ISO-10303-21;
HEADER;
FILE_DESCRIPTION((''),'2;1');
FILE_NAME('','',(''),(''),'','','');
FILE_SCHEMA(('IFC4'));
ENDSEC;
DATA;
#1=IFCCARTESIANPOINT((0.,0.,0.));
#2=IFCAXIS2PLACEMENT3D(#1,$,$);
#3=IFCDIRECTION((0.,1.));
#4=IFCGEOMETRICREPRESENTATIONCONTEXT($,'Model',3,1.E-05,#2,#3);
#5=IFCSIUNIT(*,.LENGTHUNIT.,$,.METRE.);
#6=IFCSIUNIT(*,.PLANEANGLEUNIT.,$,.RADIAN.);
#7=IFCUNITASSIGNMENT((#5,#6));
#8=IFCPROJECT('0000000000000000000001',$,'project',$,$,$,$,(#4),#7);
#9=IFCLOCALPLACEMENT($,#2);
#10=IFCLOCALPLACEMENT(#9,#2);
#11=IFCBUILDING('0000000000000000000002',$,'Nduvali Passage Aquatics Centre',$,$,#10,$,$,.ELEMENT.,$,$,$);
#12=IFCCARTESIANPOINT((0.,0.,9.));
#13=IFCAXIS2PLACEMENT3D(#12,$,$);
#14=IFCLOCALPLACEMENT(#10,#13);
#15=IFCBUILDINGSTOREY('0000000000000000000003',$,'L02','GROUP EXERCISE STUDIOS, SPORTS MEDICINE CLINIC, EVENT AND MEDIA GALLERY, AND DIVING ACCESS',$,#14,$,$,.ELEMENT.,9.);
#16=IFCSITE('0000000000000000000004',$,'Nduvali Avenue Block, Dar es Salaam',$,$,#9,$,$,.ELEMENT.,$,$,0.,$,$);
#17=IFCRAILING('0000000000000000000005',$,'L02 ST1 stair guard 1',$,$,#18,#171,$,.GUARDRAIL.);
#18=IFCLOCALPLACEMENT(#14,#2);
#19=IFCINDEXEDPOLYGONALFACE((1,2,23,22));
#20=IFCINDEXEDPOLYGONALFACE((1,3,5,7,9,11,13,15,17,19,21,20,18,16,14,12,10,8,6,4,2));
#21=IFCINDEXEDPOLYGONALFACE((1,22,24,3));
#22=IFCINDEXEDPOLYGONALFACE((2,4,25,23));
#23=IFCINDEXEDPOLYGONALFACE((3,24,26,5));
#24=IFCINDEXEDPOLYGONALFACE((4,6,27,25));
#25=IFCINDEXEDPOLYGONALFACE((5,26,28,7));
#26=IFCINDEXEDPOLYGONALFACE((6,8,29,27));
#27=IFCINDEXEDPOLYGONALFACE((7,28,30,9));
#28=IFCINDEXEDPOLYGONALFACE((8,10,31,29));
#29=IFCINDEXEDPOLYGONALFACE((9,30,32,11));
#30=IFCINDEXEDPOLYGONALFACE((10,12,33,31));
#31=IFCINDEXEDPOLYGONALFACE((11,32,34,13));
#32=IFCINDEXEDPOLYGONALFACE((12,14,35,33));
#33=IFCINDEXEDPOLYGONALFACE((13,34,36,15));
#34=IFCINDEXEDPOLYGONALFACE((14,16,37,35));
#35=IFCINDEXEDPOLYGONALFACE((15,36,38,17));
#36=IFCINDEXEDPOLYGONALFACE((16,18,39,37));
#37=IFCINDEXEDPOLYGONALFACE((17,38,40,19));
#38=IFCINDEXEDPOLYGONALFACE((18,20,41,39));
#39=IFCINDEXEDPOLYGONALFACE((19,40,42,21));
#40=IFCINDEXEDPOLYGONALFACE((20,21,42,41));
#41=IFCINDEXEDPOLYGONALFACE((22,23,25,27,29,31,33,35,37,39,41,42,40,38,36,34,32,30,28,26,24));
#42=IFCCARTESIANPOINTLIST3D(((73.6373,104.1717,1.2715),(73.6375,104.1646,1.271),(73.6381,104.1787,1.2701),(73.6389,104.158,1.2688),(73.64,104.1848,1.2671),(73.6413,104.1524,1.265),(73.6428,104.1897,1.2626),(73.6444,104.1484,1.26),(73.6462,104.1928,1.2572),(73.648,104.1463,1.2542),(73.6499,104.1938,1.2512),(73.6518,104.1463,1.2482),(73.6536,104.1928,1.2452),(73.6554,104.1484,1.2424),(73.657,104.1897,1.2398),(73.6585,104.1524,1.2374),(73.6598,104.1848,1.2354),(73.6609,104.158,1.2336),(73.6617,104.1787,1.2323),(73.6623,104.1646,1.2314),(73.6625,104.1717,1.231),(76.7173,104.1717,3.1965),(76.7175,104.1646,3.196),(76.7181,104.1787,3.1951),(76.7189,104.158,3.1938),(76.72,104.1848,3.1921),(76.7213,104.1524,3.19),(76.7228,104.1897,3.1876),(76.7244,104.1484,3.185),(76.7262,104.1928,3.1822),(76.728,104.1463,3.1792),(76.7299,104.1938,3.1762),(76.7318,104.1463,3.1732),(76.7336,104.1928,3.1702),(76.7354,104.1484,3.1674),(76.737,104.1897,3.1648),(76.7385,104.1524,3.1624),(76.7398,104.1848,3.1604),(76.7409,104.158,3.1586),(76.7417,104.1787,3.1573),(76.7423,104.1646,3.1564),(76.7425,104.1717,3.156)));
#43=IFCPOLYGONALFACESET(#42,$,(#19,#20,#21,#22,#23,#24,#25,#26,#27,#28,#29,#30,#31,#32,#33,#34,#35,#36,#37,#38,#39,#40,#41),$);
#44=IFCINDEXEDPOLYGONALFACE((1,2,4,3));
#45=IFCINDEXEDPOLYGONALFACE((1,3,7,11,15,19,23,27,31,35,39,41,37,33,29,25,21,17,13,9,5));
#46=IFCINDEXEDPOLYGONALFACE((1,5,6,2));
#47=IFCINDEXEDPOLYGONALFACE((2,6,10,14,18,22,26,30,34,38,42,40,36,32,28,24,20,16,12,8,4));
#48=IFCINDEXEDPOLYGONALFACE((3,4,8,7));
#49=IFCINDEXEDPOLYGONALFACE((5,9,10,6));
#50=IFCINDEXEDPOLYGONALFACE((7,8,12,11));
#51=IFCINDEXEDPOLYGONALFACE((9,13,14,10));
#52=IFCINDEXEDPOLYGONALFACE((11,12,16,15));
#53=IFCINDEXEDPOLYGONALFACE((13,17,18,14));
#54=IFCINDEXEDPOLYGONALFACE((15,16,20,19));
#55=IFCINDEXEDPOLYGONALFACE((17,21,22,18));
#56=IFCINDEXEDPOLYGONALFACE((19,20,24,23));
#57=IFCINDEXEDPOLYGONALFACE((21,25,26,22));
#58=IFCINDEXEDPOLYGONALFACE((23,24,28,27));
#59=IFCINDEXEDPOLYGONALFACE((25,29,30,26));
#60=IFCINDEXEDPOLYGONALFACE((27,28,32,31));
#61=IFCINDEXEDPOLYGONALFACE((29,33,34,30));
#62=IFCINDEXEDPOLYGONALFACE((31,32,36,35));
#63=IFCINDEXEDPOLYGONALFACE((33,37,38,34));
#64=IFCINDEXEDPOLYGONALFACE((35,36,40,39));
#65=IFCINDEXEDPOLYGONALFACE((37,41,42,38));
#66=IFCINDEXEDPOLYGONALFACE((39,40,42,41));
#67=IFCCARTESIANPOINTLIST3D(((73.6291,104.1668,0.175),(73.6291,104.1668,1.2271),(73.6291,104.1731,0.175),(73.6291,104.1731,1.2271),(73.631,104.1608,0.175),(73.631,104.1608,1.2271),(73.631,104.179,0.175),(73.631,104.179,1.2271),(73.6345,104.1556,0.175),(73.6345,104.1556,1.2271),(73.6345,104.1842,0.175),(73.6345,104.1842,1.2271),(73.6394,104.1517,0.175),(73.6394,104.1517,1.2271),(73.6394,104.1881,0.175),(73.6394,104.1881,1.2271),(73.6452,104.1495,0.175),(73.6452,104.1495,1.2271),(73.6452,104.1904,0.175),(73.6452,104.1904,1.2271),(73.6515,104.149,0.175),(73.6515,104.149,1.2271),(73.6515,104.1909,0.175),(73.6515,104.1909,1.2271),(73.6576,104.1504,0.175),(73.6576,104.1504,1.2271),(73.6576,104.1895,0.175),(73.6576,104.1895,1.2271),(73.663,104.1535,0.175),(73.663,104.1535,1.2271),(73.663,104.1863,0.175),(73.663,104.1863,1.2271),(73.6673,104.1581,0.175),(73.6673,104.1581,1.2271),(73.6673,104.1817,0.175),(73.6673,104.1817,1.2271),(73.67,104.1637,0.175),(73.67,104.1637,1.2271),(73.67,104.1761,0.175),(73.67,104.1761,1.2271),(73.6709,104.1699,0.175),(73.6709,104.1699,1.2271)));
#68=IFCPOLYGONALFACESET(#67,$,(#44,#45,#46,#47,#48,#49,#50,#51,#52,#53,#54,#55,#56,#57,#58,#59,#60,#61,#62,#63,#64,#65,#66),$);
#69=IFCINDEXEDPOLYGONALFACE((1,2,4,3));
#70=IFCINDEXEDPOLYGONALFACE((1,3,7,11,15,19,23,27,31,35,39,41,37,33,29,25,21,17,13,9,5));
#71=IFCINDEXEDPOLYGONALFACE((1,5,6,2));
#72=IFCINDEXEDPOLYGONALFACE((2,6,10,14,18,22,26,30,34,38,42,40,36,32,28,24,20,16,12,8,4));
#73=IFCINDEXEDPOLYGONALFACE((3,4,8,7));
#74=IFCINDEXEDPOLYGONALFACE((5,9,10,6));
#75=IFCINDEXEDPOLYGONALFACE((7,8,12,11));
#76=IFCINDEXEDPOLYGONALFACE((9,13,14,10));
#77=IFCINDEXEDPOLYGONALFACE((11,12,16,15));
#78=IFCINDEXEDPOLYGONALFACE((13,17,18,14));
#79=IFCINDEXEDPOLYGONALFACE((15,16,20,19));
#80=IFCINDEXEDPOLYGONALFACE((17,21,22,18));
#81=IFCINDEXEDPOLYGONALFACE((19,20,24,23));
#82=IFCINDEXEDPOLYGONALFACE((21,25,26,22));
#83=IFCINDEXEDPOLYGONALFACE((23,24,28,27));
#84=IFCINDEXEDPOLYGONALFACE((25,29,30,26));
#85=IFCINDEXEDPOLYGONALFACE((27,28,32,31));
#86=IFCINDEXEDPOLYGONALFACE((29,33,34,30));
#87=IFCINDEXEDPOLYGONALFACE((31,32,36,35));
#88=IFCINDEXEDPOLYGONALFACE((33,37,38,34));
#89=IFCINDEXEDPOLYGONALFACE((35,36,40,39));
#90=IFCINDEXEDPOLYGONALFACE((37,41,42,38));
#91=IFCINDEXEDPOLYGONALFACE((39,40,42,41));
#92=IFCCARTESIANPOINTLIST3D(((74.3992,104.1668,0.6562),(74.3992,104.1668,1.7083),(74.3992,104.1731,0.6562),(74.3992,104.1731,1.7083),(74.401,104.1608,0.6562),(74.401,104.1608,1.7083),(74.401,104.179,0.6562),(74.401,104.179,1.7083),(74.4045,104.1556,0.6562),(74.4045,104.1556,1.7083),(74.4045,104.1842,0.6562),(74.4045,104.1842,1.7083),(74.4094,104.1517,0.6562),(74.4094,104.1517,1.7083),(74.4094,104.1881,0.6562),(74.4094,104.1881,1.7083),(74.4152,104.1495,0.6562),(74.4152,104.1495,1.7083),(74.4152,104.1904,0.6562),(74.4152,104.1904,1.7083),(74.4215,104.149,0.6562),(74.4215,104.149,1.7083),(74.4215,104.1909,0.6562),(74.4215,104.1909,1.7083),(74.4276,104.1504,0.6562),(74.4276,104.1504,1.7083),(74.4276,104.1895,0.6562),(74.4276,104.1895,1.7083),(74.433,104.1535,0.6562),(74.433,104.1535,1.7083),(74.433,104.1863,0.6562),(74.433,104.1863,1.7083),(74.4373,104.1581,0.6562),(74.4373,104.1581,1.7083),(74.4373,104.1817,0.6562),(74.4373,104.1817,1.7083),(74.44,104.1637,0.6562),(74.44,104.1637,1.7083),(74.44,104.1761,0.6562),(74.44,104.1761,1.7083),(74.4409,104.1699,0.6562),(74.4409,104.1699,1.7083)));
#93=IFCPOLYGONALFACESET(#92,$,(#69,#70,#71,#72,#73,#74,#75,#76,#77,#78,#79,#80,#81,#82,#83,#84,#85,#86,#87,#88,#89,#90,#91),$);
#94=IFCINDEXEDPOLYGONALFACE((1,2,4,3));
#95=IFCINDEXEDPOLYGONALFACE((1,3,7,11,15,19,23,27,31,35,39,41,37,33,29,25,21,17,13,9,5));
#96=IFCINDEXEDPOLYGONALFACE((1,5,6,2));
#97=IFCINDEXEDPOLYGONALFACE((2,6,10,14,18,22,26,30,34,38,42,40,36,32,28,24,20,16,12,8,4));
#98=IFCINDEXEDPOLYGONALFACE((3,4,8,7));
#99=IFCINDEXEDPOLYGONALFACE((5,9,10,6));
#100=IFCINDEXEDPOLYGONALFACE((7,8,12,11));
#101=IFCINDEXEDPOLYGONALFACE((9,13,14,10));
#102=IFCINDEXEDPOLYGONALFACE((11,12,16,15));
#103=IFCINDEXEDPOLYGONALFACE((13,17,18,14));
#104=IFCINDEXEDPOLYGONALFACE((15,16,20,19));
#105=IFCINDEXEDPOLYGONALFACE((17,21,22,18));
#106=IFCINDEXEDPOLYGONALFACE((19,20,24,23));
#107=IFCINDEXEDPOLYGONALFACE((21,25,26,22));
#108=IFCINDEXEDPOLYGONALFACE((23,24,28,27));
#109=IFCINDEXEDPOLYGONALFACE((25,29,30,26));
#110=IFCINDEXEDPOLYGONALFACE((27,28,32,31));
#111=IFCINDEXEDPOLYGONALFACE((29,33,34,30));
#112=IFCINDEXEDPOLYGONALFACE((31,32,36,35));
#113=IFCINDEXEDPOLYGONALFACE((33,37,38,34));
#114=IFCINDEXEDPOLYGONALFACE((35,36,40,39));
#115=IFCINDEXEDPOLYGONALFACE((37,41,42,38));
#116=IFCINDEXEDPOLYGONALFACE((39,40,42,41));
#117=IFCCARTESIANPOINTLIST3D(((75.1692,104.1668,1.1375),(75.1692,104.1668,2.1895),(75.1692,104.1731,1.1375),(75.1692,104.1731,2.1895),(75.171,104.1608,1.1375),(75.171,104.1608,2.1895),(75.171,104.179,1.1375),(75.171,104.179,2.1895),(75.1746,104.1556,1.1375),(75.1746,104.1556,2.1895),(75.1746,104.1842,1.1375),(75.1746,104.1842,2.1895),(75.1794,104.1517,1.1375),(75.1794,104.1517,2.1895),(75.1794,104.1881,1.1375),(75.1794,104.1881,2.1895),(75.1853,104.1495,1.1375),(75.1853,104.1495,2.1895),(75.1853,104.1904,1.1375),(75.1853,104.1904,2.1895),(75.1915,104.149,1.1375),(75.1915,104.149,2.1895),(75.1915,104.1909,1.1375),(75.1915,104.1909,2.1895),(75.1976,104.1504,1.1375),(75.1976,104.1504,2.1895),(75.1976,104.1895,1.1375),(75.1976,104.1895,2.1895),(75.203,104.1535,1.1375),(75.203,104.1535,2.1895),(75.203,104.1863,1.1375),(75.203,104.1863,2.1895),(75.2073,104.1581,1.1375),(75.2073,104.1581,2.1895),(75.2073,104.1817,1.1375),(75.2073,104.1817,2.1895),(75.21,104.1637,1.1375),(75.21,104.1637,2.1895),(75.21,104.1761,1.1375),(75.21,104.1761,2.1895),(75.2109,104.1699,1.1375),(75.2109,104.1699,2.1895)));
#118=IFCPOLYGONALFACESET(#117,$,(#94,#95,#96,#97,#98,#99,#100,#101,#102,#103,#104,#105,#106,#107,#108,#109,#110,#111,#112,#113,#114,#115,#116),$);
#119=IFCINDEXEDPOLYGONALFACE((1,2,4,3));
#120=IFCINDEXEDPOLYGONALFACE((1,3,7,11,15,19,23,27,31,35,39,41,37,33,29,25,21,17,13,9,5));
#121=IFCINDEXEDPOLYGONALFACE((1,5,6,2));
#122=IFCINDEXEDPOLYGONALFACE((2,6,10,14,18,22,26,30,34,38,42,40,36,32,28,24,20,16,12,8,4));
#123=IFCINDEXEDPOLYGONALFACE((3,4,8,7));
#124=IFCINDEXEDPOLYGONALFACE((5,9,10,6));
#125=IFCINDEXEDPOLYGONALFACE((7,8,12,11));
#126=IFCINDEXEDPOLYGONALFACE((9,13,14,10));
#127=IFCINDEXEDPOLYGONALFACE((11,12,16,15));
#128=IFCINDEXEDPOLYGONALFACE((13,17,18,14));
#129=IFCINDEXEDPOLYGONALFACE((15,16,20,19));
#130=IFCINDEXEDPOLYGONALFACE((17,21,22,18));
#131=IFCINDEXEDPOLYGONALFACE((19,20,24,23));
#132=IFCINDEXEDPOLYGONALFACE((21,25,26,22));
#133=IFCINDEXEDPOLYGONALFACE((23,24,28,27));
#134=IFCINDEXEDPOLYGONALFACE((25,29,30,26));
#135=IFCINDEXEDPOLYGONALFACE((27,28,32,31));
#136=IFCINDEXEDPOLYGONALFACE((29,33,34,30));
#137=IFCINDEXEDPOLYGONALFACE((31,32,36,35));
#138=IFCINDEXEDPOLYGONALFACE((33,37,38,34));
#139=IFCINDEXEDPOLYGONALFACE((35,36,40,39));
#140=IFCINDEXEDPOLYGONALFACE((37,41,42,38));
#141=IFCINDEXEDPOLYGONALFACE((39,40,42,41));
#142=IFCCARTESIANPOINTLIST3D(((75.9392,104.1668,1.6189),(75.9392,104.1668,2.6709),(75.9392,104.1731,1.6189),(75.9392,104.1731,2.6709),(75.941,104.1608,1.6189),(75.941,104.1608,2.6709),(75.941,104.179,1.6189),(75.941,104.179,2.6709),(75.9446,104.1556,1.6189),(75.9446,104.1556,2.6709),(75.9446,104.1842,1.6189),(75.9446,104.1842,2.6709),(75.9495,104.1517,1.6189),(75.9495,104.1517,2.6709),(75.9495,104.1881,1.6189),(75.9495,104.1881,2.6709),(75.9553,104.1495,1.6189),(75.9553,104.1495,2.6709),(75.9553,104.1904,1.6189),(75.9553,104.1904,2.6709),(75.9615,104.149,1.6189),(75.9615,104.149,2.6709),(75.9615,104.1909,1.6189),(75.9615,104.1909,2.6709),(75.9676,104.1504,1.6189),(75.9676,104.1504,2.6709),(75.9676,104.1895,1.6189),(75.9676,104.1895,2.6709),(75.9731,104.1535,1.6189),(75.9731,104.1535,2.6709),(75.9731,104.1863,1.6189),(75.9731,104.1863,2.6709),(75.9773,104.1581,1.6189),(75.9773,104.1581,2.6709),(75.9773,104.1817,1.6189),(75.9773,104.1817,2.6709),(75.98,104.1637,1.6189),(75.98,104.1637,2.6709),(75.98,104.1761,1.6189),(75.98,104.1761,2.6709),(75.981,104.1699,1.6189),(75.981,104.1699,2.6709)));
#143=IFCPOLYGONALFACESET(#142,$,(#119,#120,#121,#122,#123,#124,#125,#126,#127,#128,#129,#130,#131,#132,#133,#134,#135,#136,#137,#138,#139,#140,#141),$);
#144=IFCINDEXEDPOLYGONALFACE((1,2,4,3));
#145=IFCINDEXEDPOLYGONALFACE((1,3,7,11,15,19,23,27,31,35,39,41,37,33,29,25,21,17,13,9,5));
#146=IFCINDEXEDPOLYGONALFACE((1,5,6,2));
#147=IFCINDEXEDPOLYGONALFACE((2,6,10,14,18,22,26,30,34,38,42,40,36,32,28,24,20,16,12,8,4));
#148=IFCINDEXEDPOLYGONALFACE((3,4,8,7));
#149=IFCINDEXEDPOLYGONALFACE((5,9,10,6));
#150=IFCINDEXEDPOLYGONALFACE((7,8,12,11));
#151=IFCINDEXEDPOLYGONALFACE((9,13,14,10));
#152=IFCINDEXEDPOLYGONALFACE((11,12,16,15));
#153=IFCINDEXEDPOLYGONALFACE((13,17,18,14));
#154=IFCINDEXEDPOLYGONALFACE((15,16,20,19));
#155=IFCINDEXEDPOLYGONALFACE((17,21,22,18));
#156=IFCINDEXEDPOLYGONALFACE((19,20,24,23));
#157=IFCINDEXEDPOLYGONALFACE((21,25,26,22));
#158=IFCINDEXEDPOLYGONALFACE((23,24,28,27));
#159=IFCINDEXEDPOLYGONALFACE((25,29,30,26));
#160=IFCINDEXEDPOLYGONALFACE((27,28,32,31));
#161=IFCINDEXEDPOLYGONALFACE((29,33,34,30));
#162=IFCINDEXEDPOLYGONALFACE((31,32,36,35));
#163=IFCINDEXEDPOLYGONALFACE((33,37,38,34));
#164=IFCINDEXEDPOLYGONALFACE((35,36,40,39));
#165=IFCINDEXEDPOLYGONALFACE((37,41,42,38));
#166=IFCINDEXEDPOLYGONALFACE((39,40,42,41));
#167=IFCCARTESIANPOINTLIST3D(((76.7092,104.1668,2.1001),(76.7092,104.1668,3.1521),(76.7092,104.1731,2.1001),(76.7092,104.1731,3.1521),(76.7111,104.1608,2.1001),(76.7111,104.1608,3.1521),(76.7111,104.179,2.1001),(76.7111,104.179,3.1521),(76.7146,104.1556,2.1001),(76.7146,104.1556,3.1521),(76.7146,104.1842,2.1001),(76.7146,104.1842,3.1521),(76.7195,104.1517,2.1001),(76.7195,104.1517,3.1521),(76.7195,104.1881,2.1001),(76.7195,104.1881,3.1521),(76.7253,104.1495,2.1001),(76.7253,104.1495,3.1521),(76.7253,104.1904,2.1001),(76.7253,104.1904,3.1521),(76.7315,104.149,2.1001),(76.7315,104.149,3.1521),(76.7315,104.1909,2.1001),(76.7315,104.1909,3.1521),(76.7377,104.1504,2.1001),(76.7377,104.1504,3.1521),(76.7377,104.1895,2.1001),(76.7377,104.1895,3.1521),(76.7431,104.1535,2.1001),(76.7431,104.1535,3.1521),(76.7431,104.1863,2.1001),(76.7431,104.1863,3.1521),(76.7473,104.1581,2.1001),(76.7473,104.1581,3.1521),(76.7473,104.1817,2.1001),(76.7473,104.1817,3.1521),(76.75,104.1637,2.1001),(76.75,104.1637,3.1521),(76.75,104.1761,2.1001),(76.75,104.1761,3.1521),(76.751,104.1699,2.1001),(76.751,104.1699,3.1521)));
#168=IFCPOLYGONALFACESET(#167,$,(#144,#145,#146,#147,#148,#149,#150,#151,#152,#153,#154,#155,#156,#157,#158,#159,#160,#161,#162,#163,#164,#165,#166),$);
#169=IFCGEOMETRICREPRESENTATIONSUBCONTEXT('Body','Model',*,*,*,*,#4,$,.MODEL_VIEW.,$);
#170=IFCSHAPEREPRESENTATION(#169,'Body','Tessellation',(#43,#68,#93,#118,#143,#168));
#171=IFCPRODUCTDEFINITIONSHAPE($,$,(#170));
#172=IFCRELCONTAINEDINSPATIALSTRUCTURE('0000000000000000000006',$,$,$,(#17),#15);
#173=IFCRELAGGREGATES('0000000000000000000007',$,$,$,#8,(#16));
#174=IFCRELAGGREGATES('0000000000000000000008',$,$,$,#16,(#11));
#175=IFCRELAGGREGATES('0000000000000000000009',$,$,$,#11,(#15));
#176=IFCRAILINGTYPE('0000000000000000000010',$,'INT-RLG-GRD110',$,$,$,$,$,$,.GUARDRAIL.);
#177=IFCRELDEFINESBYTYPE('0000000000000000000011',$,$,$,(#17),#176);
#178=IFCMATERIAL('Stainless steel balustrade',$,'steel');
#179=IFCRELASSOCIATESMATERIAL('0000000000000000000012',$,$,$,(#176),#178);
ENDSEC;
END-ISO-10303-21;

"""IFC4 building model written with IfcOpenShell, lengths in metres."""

from ifc_helpers import new_model, si_unit, direction, frame, origin, origin_2d, place, context, subcontext, project, spatial, circle, extrude, material, type_object, element, save


model = new_model("IFC4")

# Units and contexts
model_context = context("Model", 3, precision=1e-05, world=origin(), true_north=direction((0.0, 1.0)))
body_context = subcontext(model_context, "Body", "Model", "MODEL_VIEW")
ifc_project = project(units=[si_unit("LENGTHUNIT", "METRE"), si_unit("PLANEANGLEUNIT", "RADIAN")], contexts=[model_context])

# Site, building, storey
site_placement = place(None, origin())
site = spatial("IfcSite", under=ifc_project, at=site_placement, Name="Nduvali Avenue Block, Dar es Salaam", CompositionType="ELEMENT", RefElevation=0.0)
building_placement = place(site_placement, origin())
building = spatial("IfcBuilding", under=site, at=building_placement, Name="Nduvali Passage Aquatics Centre", CompositionType="ELEMENT")
storey_placement = place(building_placement, frame((0.0, 0.0, 9.0)))
storey = spatial("IfcBuildingStorey", under=building, at=storey_placement, Name="L02", Description="GROUP EXERCISE STUDIOS, SPORTS MEDICINE CLINIC, EVENT AND MEDIA GALLERY, AND DIVING ACCESS", CompositionType="ELEMENT", Elevation=9.0)

# Railing
ifc_material_1 = material(Name="Stainless steel balustrade", Category="steel")
railing_type_1 = type_object("IfcRailingType", Name="INT-RLG-GRD110", PredefinedType="GUARDRAIL", material=ifc_material_1)
railing_1_placement = place(storey_placement, frame((73.6499, 104.1699, 0.175)))
element("IfcRailing", 1, at=railing_1_placement, inside=storey, type_object=railing_type_1, Name="L02 ST1 stair guard 1", PredefinedType="GUARDRAIL", context=body_context, shape_type="SweptSolid", body=[
    extrude(circle(Radius=0.0239, at=origin_2d()), frame((0.0, 0.0, 1.0762), z_axis=(0.847998, 0.0, 0.529999), x_axis=(0.0, 1.0, 0.0)), (0.0, 0.0, 1.0), 3.6321),
    extrude(circle(Radius=0.021, at=origin_2d()), origin(), (0.0, 0.0, 1.0), 1.052),
    extrude(circle(Radius=0.021, at=origin_2d()), frame((0.77, 0.0, 0.4812)), (0.0, 0.0, 1.0), 1.052),
    extrude(circle(Radius=0.021, at=origin_2d()), frame((1.54, 0.0, 0.9624)), (0.0, 0.0, 1.0), 1.052),
    extrude(circle(Radius=0.021, at=origin_2d()), frame((2.3101, 0.0, 1.4438)), (0.0, 0.0, 1.0), 1.052),
    extrude(circle(Radius=0.021, at=origin_2d()), frame((3.0801, 0.0, 1.925)), (0.0, 0.0, 1.0), 1.052),
])

save(model, "model.ifc")
